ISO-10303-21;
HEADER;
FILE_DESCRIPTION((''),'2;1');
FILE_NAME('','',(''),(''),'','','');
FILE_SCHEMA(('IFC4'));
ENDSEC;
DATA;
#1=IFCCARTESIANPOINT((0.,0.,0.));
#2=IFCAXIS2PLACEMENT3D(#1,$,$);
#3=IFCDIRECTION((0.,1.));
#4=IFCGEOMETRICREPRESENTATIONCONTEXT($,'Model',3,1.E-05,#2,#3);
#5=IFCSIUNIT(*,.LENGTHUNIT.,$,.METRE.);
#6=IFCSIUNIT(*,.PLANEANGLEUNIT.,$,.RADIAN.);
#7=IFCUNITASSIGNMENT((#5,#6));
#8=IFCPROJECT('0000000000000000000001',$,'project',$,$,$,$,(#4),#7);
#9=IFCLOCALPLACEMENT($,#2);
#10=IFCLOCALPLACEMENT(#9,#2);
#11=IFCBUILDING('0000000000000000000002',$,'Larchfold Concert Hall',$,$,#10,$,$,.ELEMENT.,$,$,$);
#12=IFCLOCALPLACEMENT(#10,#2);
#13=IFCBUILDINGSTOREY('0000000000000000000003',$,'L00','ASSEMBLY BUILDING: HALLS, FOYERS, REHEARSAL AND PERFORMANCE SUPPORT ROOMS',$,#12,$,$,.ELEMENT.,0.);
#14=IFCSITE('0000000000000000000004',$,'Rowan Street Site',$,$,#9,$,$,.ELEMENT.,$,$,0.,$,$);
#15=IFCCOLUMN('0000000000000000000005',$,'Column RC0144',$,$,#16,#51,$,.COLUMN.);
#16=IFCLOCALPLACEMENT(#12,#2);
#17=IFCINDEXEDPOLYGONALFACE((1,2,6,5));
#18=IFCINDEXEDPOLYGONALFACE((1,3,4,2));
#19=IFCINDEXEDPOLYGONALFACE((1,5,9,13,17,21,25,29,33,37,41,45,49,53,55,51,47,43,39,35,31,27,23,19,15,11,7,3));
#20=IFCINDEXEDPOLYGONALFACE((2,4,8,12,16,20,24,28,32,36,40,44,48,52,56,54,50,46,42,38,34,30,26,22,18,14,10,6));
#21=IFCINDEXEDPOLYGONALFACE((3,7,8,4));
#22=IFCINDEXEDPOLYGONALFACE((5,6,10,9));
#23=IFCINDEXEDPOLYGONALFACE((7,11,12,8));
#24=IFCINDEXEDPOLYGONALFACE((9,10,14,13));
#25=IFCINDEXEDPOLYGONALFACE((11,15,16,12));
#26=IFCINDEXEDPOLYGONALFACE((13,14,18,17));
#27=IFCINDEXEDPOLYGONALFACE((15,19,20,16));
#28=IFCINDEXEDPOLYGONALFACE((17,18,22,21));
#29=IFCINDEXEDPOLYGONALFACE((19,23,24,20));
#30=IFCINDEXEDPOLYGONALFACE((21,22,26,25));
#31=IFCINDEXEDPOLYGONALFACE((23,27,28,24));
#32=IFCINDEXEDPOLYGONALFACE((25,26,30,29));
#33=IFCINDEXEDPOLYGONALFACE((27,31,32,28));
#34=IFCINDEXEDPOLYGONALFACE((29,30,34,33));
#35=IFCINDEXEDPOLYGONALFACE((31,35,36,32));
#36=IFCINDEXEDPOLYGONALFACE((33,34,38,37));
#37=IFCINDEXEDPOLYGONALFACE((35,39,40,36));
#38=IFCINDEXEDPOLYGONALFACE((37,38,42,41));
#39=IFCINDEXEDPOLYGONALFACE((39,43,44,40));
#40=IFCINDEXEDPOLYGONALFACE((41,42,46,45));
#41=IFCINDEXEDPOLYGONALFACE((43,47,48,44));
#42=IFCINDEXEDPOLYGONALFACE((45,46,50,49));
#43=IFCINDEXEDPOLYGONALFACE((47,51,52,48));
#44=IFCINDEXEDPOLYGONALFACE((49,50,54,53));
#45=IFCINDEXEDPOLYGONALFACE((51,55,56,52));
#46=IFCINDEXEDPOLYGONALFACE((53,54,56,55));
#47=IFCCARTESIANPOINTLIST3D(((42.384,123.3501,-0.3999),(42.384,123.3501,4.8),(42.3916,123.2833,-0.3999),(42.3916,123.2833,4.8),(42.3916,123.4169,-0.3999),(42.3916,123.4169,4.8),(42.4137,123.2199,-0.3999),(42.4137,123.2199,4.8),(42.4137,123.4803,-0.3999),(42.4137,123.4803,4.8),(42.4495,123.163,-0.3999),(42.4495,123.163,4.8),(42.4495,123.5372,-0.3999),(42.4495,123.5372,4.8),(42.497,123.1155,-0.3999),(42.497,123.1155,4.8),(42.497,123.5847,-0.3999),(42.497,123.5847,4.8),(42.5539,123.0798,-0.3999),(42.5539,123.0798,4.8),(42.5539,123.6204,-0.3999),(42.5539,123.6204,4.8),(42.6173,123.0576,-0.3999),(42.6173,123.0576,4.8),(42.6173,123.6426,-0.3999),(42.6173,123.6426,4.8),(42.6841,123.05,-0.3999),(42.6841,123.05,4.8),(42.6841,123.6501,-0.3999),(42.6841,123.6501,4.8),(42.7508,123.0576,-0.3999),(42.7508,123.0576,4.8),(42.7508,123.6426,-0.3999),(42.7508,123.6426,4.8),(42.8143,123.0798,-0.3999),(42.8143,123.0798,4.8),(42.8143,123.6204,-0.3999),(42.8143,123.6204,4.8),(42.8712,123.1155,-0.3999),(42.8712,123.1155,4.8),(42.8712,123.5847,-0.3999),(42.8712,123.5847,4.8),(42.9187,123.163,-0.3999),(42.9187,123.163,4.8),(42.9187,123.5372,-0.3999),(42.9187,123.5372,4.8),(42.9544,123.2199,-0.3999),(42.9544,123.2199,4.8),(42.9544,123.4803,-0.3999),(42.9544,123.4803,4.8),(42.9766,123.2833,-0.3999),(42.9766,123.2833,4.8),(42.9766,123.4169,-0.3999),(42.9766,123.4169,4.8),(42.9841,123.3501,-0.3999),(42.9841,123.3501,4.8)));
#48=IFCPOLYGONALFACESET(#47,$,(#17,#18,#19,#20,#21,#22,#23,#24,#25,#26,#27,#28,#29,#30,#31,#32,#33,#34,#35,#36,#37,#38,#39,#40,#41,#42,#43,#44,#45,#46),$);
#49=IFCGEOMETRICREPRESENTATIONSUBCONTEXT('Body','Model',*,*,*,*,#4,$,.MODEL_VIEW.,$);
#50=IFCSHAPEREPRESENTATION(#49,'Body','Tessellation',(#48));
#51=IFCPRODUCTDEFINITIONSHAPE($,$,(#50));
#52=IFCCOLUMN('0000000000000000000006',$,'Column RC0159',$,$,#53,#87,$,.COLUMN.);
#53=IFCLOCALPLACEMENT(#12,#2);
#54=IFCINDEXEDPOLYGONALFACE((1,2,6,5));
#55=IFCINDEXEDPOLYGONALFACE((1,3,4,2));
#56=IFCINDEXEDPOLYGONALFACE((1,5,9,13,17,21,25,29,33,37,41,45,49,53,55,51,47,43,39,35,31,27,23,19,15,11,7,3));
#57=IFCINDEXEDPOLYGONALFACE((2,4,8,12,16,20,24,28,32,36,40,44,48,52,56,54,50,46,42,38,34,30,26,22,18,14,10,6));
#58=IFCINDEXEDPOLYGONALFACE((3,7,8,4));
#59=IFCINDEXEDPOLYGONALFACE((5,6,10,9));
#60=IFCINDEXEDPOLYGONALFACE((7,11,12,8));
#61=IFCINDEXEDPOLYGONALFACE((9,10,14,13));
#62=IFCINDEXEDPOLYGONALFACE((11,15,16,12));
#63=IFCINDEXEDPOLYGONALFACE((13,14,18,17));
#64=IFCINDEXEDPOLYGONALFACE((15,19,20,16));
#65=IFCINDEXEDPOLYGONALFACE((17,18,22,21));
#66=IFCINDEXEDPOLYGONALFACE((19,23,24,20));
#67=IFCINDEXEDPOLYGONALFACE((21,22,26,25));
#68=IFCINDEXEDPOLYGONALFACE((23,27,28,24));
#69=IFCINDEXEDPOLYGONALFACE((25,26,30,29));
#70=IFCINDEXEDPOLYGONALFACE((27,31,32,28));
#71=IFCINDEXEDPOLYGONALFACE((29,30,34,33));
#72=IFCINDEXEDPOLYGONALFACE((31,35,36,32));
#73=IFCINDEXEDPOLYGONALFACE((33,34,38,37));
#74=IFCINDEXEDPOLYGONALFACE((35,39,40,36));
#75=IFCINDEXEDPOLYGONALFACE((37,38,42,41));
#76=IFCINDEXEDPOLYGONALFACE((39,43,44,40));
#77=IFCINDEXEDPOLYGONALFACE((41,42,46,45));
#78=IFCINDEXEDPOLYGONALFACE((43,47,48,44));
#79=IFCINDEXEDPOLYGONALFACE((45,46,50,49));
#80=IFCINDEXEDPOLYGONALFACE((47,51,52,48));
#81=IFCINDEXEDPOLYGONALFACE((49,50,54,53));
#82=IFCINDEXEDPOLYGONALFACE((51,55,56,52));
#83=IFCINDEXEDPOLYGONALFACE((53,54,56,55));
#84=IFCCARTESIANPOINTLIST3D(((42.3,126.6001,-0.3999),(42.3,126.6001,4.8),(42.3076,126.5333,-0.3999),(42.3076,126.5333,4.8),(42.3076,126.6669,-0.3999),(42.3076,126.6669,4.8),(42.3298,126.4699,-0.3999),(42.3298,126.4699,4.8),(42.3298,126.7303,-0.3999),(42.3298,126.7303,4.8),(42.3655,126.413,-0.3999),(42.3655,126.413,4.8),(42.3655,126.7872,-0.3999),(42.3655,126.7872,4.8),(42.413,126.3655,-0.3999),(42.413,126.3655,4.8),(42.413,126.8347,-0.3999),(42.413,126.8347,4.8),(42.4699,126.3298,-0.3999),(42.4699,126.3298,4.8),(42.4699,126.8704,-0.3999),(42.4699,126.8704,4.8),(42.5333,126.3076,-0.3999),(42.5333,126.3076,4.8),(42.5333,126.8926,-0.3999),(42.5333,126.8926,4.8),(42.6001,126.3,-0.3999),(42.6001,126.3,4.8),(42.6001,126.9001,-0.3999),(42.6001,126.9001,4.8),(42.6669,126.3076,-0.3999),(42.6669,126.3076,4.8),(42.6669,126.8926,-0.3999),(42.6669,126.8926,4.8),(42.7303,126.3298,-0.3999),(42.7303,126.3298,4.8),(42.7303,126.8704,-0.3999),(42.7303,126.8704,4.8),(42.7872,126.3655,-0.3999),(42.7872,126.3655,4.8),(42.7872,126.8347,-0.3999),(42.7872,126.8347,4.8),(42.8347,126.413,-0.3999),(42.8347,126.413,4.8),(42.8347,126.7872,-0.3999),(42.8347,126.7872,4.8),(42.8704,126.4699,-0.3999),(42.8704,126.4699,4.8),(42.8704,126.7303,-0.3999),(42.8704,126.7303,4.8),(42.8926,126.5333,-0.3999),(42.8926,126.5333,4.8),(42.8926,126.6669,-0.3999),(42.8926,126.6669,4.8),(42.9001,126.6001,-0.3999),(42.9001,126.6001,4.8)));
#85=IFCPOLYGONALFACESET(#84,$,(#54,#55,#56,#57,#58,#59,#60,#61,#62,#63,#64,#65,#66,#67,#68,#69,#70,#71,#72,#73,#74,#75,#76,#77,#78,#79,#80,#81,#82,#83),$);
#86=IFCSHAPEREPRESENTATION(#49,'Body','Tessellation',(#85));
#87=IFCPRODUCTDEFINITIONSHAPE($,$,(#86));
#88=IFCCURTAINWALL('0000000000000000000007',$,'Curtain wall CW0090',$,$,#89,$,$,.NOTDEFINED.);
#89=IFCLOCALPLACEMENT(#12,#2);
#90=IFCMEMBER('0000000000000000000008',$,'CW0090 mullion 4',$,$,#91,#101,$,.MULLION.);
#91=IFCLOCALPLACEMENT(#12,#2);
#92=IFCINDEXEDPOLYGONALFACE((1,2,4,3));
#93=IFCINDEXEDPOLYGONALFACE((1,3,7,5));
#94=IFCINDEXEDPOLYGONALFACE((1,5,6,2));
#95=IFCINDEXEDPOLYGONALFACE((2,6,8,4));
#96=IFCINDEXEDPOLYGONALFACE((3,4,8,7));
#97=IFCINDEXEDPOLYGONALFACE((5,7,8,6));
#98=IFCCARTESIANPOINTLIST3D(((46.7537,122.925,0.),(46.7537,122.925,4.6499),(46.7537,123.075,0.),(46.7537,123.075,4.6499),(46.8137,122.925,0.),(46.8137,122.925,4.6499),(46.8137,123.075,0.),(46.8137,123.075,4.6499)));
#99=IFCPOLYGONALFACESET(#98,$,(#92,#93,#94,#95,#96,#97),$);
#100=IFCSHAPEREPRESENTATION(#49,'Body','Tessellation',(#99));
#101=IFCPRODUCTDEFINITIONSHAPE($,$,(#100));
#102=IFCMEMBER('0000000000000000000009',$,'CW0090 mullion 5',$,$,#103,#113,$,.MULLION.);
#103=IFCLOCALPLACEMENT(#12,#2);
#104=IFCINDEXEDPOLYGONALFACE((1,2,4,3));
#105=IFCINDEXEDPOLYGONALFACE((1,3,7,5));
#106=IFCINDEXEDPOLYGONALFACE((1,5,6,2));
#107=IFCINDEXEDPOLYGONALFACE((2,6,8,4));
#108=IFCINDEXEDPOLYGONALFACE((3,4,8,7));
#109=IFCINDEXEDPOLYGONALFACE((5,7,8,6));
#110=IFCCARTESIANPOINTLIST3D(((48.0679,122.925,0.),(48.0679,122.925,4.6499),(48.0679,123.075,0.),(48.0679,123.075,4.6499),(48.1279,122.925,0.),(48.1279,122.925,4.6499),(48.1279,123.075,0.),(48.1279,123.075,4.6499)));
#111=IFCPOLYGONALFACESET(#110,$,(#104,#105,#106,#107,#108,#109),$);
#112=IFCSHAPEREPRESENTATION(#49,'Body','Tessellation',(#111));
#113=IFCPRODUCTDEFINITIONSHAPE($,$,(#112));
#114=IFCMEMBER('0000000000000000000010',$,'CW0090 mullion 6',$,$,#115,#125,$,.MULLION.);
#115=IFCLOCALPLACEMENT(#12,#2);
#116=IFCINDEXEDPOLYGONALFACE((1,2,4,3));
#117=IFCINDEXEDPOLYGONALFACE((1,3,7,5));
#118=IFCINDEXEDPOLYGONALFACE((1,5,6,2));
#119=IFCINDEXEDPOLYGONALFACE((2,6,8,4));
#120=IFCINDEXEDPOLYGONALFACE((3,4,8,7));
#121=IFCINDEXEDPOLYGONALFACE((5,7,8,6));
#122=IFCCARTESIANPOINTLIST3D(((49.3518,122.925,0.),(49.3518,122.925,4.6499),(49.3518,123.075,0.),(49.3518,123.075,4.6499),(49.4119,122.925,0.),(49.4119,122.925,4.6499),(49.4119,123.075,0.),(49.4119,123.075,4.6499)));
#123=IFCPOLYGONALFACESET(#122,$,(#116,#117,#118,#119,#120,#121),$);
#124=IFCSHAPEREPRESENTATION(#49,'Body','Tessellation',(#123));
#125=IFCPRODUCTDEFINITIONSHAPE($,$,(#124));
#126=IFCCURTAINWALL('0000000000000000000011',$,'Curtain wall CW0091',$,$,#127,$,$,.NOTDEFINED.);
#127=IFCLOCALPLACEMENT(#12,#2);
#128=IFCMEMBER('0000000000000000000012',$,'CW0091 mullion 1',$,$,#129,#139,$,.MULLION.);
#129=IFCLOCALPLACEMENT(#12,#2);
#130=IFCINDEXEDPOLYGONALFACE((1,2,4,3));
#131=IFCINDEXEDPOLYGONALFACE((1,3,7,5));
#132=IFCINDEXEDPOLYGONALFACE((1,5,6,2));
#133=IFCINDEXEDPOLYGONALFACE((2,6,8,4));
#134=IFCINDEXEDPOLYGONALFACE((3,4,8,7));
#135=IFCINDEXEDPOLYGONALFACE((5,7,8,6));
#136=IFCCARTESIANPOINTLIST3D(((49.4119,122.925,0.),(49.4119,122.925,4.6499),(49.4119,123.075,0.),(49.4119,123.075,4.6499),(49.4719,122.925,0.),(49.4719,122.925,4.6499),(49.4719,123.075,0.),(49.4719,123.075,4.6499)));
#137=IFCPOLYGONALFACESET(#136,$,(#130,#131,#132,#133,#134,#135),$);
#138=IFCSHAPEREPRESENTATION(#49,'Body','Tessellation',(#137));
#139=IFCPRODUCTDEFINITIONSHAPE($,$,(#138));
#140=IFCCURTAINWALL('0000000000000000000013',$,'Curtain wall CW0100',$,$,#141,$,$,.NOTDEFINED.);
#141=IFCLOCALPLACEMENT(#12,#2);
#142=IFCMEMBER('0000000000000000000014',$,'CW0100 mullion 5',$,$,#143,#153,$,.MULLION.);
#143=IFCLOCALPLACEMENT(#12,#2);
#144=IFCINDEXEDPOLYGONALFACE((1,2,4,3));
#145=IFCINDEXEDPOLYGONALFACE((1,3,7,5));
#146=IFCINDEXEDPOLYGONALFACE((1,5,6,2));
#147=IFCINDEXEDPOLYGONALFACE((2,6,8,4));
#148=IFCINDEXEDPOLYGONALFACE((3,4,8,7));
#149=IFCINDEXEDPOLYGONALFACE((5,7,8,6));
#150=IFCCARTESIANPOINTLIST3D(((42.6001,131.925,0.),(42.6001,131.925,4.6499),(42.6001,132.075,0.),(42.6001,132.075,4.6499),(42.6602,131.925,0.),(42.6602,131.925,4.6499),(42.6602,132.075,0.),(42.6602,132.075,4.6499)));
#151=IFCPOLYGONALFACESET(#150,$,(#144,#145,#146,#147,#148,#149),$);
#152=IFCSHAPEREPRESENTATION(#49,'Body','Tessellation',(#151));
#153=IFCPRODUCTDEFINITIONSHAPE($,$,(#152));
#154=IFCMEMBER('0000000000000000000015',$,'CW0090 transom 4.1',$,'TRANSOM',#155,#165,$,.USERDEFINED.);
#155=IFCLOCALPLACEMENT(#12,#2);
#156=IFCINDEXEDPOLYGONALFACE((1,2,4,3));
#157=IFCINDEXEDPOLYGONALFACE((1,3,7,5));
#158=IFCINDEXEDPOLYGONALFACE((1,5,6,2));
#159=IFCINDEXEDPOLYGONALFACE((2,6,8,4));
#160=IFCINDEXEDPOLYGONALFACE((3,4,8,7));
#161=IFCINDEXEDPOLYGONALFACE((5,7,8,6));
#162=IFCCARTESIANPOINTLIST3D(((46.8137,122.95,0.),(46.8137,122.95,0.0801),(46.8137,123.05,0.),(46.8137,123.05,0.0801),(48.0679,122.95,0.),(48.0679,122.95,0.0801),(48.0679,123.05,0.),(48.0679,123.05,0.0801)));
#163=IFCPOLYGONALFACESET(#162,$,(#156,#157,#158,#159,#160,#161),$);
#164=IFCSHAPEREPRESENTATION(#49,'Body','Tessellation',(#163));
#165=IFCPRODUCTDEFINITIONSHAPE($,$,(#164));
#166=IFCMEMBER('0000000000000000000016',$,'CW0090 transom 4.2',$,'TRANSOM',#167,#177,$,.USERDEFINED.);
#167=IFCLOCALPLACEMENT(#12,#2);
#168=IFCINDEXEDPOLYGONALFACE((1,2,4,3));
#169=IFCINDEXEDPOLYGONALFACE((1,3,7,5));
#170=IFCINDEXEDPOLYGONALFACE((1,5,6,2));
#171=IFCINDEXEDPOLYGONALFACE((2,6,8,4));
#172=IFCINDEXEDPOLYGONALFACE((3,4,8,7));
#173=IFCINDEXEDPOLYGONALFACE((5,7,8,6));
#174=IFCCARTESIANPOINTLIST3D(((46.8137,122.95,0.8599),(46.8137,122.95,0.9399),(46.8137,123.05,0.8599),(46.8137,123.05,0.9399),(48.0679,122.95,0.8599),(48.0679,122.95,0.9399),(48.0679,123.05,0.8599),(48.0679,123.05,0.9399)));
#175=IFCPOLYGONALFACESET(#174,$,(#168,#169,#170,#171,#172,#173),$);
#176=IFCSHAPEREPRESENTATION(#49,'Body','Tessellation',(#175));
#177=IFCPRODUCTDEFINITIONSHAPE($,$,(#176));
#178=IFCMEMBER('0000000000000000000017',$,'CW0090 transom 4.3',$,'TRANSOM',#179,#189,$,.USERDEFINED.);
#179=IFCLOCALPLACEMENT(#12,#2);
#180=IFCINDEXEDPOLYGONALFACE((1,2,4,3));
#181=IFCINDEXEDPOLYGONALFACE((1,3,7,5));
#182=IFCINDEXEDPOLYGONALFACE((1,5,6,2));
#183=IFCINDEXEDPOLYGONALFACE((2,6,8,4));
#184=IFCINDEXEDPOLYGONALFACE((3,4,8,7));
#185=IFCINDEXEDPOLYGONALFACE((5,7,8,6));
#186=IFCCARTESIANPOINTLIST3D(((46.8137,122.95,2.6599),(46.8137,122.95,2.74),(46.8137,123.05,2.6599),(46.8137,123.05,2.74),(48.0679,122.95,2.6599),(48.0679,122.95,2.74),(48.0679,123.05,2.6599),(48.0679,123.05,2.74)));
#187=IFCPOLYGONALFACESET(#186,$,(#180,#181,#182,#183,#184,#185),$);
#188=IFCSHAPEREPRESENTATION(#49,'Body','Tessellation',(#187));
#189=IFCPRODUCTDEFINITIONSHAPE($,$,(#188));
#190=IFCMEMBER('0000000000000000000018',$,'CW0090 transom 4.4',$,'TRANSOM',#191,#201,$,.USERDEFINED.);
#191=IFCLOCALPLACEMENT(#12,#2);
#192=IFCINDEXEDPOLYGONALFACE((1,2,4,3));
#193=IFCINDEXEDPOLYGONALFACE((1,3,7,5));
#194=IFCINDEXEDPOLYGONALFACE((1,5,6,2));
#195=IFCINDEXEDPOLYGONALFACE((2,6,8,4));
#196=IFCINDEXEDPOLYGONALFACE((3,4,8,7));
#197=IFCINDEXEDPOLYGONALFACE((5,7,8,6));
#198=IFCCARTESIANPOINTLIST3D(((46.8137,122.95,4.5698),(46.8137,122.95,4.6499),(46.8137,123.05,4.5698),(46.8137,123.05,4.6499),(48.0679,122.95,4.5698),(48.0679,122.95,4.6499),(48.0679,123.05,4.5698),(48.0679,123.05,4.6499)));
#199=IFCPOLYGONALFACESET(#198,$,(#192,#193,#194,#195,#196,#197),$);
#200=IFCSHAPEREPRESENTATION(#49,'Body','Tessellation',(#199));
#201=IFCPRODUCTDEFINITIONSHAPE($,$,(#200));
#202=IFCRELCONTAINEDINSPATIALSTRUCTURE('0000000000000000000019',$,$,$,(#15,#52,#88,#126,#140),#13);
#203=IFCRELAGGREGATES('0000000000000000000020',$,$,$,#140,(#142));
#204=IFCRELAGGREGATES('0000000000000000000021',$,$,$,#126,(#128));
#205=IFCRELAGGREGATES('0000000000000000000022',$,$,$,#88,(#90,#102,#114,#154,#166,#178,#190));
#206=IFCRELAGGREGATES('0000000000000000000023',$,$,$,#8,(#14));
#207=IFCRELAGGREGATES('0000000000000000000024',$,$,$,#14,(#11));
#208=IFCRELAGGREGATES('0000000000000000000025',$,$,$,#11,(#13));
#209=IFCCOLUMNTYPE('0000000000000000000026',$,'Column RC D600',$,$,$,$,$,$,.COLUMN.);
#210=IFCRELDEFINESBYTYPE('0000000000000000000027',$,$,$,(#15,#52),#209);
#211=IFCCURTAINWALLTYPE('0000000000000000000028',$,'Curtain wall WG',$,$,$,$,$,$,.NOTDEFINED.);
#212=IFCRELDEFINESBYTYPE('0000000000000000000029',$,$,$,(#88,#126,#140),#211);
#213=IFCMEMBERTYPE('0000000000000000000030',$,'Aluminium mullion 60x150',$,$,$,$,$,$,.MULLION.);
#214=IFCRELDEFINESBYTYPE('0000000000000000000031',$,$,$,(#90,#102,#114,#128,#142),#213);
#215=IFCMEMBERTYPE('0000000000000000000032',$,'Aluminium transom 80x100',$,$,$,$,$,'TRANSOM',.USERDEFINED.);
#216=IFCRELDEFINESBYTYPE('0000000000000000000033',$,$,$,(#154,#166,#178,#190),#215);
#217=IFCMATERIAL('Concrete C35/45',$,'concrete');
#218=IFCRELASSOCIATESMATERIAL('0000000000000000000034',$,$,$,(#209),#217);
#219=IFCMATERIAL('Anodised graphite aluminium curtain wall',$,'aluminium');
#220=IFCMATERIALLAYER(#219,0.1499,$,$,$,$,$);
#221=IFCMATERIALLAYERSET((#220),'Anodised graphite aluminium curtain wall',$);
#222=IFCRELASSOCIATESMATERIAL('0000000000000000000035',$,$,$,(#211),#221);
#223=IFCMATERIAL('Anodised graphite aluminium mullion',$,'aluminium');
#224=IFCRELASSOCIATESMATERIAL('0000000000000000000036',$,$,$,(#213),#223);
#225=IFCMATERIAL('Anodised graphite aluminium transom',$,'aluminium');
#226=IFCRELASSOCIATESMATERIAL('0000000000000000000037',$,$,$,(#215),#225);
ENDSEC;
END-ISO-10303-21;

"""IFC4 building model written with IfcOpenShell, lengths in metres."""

from ifc_helpers import new_model, si_unit, direction, frame, origin, origin_2d, place, context, subcontext, project, spatial, rectangle, circle, extrude, material, layer, layer_set, material_profile, profile_set, type_object, element, aggregate, save


model = new_model("IFC4")

# Units and contexts
model_context = context("Model", 3, precision=1e-05, world=origin(), true_north=direction((0.0, 1.0)))
body_context = subcontext(model_context, "Body", "Model", "MODEL_VIEW")
ifc_project = project(units=[si_unit("LENGTHUNIT", "METRE"), si_unit("PLANEANGLEUNIT", "RADIAN")], contexts=[model_context])

# Site, building, storey
site_placement = place(None, origin())
site = spatial("IfcSite", under=ifc_project, at=site_placement, Name="Rowan Street Site", CompositionType="ELEMENT", RefElevation=0.0)
building_placement = place(site_placement, origin())
building = spatial("IfcBuilding", under=site, at=building_placement, Name="Larchfold Concert Hall", CompositionType="ELEMENT")
storey_placement = place(building_placement, origin())
storey = spatial("IfcBuildingStorey", under=building, at=storey_placement, Name="L00", Description="ASSEMBLY BUILDING: HALLS, FOYERS, REHEARSAL AND PERFORMANCE SUPPORT ROOMS", CompositionType="ELEMENT", Elevation=0.0)

# Columns
ifc_material_1 = material(Name="Concrete C35/45", Category="concrete")
ifc_material_profile_1 = material_profile(ifc_material_1, circle(Radius=0.3, at=origin_2d()))
ifc_profile_set_1 = profile_set([ifc_material_profile_1], Name="Concrete C35/45")
column_type = type_object("IfcColumnType", Name="Column RC D600", PredefinedType="COLUMN", material=ifc_profile_set_1)
for number, where, z_axis, x_axis, name in (
    (1, (42.6841, 123.3501, -0.3999), (0.0, 0.0, 1.0), (1.0, 0.0, 0.0), "Column RC0144"),
    (2, (42.6001, 126.6001, -0.3999), (0.0, 0.0, 1.0), (1.0, 0.0, 0.0), "Column RC0159"),
):
    element("IfcColumn", number, at=place(storey_placement, frame(where, z_axis=z_axis, x_axis=x_axis)), inside=storey, type_object=column_type, Name=name, PredefinedType="COLUMN", context=body_context, shape_type="SweptSolid", body=[
        extrude(circle(Radius=0.3, at=origin_2d()), origin(), (0.0, 0.0, 1.0), 5.2),
    ])

# Curtain wall, members
ifc_material_2 = material(Name="Anodised graphite aluminium curtain wall", Category="aluminium")
ifc_layer_1 = layer(ifc_material_2, 0.1499)
ifc_layer_set_1 = layer_set([ifc_layer_1], Name="Anodised graphite aluminium curtain wall")
curtain_wall_type = type_object("IfcCurtainWallType", Name="Curtain wall WG", PredefinedType="NOTDEFINED", material=ifc_layer_set_1)
curtain_wall_1_placement = place(storey_placement, origin())
curtain_wall_1 = element("IfcCurtainWall", 3, at=curtain_wall_1_placement, inside=storey, type_object=curtain_wall_type, Name="Curtain wall CW0090", PredefinedType="NOTDEFINED")
ifc_material_3 = material(Name="Anodised graphite aluminium mullion", Category="aluminium")
ifc_material_profile_2 = material_profile(ifc_material_3, rectangle(XDim=0.1499, YDim=0.0601, at=origin_2d()))
ifc_profile_set_2 = profile_set([ifc_material_profile_2], Name="Anodised graphite aluminium mullion")
member_type_1 = type_object("IfcMemberType", Name="Aluminium mullion 60x150", PredefinedType="MULLION", material=ifc_profile_set_2)
member_1_placement = place(storey_placement, frame((46.7837, 123.0, 0.0), z_axis=(0.0, 0.0, 1.0), x_axis=(0.0, 1.0, 0.0)))
member_1 = element("IfcMember", 4, at=member_1_placement, type_object=member_type_1, Name="CW0090 mullion 4", PredefinedType="MULLION", context=body_context, shape_type="SweptSolid", body=[
    extrude(rectangle(XDim=0.1499, YDim=0.0601, at=origin_2d()), origin(), (0.0, 0.0, 1.0), 4.6499),
])
member_2_placement = place(storey_placement, frame((48.0979, 123.0, 0.0), z_axis=(0.0, 0.0, 1.0), x_axis=(0.0, 1.0, 0.0)))
member_2 = element("IfcMember", 5, at=member_2_placement, type_object=member_type_1, Name="CW0090 mullion 5", PredefinedType="MULLION", context=body_context, shape_type="SweptSolid", body=[
    extrude(rectangle(XDim=0.1499, YDim=0.0601, at=origin_2d()), origin(), (0.0, 0.0, 1.0), 4.6499),
])
member_3_placement = place(storey_placement, frame((49.3818, 123.0, 0.0), z_axis=(0.0, 0.0, 1.0), x_axis=(0.0, 1.0, 0.0)))
member_3 = element("IfcMember", 6, at=member_3_placement, type_object=member_type_1, Name="CW0090 mullion 6", PredefinedType="MULLION", context=body_context, shape_type="SweptSolid", body=[
    extrude(rectangle(XDim=0.1499, YDim=0.0601, at=origin_2d()), origin(), (0.0, 0.0, 1.0), 4.6499),
])

# Curtain walls, members
curtain_wall_2_placement = place(storey_placement, origin())
curtain_wall_2 = element("IfcCurtainWall", 7, at=curtain_wall_2_placement, inside=storey, type_object=curtain_wall_type, Name="Curtain wall CW0091", PredefinedType="NOTDEFINED")
member_4_placement = place(storey_placement, frame((49.4419, 123.0, 0.0), z_axis=(0.0, 0.0, 1.0), x_axis=(0.0, 1.0, 0.0)))
member_4 = element("IfcMember", 8, at=member_4_placement, type_object=member_type_1, Name="CW0091 mullion 1", PredefinedType="MULLION", context=body_context, shape_type="SweptSolid", body=[
    extrude(rectangle(XDim=0.1499, YDim=0.0601, at=origin_2d()), origin(), (0.0, 0.0, 1.0), 4.6499),
])
curtain_wall_3_placement = place(storey_placement, origin())
curtain_wall_3 = element("IfcCurtainWall", 9, at=curtain_wall_3_placement, inside=storey, type_object=curtain_wall_type, Name="Curtain wall CW0100", PredefinedType="NOTDEFINED")
member_5_placement = place(storey_placement, frame((42.6301, 132.0, 0.0), z_axis=(0.0, 0.0, 1.0), x_axis=(0.0, -1.0, 0.0)))
member_5 = element("IfcMember", 10, at=member_5_placement, type_object=member_type_1, Name="CW0100 mullion 5", PredefinedType="MULLION", context=body_context, shape_type="SweptSolid", body=[
    extrude(rectangle(XDim=0.1499, YDim=0.0601, at=origin_2d()), origin(), (0.0, 0.0, 1.0), 4.6499),
])
aggregate(curtain_wall_3, [member_5])

# Members
ifc_material_4 = material(Name="Anodised graphite aluminium transom", Category="aluminium")
ifc_material_profile_3 = material_profile(ifc_material_4, rectangle(XDim=0.1001, YDim=0.0801, at=origin_2d()))
ifc_profile_set_3 = profile_set([ifc_material_profile_3], Name="Anodised graphite aluminium transom")
member_type_2 = type_object("IfcMemberType", Name="Aluminium transom 80x100", ElementType="TRANSOM", PredefinedType="USERDEFINED", material=ifc_profile_set_3)
member_6_placement = place(storey_placement, frame((46.8137, 123.0, 0.04), z_axis=(1.0, 0.0, 0.0), x_axis=(0.0, 1.0, 0.0)))
member_6 = element("IfcMember", 11, at=member_6_placement, type_object=member_type_2, Name="CW0090 transom 4.1", ObjectType="TRANSOM", PredefinedType="USERDEFINED", context=body_context, shape_type="SweptSolid", body=[
    extrude(rectangle(XDim=0.1001, YDim=0.0801, at=origin_2d()), origin(), (0.0, 0.0, 1.0), 1.2542),
])
member_7_placement = place(storey_placement, frame((46.8137, 123.0, 0.8999), z_axis=(1.0, 0.0, 0.0), x_axis=(0.0, 1.0, 0.0)))
member_7 = element("IfcMember", 12, at=member_7_placement, type_object=member_type_2, Name="CW0090 transom 4.2", ObjectType="TRANSOM", PredefinedType="USERDEFINED", context=body_context, shape_type="SweptSolid", body=[
    extrude(rectangle(XDim=0.1001, YDim=0.0801, at=origin_2d()), origin(), (0.0, 0.0, 1.0), 1.2542),
])
member_8_placement = place(storey_placement, frame((46.8137, 123.0, 2.7), z_axis=(1.0, 0.0, 0.0), x_axis=(0.0, 1.0, 0.0)))
member_8 = element("IfcMember", 13, at=member_8_placement, type_object=member_type_2, Name="CW0090 transom 4.3", ObjectType="TRANSOM", PredefinedType="USERDEFINED", context=body_context, shape_type="SweptSolid", body=[
    extrude(rectangle(XDim=0.1001, YDim=0.0801, at=origin_2d()), origin(), (0.0, 0.0, 1.0), 1.2542),
])
member_9_placement = place(storey_placement, frame((46.8137, 123.0, 4.6099), z_axis=(1.0, 0.0, 0.0), x_axis=(0.0, 1.0, 0.0)))
member_9 = element("IfcMember", 14, at=member_9_placement, type_object=member_type_2, Name="CW0090 transom 4.4", ObjectType="TRANSOM", PredefinedType="USERDEFINED", context=body_context, shape_type="SweptSolid", body=[
    extrude(rectangle(XDim=0.1001, YDim=0.0801, at=origin_2d()), origin(), (0.0, 0.0, 1.0), 1.2542),
])
aggregate(curtain_wall_2, [member_4])

aggregate(curtain_wall_1, [member_1, member_2, member_3, member_6, member_7, member_8, member_9])

save(model, "model.ifc")
